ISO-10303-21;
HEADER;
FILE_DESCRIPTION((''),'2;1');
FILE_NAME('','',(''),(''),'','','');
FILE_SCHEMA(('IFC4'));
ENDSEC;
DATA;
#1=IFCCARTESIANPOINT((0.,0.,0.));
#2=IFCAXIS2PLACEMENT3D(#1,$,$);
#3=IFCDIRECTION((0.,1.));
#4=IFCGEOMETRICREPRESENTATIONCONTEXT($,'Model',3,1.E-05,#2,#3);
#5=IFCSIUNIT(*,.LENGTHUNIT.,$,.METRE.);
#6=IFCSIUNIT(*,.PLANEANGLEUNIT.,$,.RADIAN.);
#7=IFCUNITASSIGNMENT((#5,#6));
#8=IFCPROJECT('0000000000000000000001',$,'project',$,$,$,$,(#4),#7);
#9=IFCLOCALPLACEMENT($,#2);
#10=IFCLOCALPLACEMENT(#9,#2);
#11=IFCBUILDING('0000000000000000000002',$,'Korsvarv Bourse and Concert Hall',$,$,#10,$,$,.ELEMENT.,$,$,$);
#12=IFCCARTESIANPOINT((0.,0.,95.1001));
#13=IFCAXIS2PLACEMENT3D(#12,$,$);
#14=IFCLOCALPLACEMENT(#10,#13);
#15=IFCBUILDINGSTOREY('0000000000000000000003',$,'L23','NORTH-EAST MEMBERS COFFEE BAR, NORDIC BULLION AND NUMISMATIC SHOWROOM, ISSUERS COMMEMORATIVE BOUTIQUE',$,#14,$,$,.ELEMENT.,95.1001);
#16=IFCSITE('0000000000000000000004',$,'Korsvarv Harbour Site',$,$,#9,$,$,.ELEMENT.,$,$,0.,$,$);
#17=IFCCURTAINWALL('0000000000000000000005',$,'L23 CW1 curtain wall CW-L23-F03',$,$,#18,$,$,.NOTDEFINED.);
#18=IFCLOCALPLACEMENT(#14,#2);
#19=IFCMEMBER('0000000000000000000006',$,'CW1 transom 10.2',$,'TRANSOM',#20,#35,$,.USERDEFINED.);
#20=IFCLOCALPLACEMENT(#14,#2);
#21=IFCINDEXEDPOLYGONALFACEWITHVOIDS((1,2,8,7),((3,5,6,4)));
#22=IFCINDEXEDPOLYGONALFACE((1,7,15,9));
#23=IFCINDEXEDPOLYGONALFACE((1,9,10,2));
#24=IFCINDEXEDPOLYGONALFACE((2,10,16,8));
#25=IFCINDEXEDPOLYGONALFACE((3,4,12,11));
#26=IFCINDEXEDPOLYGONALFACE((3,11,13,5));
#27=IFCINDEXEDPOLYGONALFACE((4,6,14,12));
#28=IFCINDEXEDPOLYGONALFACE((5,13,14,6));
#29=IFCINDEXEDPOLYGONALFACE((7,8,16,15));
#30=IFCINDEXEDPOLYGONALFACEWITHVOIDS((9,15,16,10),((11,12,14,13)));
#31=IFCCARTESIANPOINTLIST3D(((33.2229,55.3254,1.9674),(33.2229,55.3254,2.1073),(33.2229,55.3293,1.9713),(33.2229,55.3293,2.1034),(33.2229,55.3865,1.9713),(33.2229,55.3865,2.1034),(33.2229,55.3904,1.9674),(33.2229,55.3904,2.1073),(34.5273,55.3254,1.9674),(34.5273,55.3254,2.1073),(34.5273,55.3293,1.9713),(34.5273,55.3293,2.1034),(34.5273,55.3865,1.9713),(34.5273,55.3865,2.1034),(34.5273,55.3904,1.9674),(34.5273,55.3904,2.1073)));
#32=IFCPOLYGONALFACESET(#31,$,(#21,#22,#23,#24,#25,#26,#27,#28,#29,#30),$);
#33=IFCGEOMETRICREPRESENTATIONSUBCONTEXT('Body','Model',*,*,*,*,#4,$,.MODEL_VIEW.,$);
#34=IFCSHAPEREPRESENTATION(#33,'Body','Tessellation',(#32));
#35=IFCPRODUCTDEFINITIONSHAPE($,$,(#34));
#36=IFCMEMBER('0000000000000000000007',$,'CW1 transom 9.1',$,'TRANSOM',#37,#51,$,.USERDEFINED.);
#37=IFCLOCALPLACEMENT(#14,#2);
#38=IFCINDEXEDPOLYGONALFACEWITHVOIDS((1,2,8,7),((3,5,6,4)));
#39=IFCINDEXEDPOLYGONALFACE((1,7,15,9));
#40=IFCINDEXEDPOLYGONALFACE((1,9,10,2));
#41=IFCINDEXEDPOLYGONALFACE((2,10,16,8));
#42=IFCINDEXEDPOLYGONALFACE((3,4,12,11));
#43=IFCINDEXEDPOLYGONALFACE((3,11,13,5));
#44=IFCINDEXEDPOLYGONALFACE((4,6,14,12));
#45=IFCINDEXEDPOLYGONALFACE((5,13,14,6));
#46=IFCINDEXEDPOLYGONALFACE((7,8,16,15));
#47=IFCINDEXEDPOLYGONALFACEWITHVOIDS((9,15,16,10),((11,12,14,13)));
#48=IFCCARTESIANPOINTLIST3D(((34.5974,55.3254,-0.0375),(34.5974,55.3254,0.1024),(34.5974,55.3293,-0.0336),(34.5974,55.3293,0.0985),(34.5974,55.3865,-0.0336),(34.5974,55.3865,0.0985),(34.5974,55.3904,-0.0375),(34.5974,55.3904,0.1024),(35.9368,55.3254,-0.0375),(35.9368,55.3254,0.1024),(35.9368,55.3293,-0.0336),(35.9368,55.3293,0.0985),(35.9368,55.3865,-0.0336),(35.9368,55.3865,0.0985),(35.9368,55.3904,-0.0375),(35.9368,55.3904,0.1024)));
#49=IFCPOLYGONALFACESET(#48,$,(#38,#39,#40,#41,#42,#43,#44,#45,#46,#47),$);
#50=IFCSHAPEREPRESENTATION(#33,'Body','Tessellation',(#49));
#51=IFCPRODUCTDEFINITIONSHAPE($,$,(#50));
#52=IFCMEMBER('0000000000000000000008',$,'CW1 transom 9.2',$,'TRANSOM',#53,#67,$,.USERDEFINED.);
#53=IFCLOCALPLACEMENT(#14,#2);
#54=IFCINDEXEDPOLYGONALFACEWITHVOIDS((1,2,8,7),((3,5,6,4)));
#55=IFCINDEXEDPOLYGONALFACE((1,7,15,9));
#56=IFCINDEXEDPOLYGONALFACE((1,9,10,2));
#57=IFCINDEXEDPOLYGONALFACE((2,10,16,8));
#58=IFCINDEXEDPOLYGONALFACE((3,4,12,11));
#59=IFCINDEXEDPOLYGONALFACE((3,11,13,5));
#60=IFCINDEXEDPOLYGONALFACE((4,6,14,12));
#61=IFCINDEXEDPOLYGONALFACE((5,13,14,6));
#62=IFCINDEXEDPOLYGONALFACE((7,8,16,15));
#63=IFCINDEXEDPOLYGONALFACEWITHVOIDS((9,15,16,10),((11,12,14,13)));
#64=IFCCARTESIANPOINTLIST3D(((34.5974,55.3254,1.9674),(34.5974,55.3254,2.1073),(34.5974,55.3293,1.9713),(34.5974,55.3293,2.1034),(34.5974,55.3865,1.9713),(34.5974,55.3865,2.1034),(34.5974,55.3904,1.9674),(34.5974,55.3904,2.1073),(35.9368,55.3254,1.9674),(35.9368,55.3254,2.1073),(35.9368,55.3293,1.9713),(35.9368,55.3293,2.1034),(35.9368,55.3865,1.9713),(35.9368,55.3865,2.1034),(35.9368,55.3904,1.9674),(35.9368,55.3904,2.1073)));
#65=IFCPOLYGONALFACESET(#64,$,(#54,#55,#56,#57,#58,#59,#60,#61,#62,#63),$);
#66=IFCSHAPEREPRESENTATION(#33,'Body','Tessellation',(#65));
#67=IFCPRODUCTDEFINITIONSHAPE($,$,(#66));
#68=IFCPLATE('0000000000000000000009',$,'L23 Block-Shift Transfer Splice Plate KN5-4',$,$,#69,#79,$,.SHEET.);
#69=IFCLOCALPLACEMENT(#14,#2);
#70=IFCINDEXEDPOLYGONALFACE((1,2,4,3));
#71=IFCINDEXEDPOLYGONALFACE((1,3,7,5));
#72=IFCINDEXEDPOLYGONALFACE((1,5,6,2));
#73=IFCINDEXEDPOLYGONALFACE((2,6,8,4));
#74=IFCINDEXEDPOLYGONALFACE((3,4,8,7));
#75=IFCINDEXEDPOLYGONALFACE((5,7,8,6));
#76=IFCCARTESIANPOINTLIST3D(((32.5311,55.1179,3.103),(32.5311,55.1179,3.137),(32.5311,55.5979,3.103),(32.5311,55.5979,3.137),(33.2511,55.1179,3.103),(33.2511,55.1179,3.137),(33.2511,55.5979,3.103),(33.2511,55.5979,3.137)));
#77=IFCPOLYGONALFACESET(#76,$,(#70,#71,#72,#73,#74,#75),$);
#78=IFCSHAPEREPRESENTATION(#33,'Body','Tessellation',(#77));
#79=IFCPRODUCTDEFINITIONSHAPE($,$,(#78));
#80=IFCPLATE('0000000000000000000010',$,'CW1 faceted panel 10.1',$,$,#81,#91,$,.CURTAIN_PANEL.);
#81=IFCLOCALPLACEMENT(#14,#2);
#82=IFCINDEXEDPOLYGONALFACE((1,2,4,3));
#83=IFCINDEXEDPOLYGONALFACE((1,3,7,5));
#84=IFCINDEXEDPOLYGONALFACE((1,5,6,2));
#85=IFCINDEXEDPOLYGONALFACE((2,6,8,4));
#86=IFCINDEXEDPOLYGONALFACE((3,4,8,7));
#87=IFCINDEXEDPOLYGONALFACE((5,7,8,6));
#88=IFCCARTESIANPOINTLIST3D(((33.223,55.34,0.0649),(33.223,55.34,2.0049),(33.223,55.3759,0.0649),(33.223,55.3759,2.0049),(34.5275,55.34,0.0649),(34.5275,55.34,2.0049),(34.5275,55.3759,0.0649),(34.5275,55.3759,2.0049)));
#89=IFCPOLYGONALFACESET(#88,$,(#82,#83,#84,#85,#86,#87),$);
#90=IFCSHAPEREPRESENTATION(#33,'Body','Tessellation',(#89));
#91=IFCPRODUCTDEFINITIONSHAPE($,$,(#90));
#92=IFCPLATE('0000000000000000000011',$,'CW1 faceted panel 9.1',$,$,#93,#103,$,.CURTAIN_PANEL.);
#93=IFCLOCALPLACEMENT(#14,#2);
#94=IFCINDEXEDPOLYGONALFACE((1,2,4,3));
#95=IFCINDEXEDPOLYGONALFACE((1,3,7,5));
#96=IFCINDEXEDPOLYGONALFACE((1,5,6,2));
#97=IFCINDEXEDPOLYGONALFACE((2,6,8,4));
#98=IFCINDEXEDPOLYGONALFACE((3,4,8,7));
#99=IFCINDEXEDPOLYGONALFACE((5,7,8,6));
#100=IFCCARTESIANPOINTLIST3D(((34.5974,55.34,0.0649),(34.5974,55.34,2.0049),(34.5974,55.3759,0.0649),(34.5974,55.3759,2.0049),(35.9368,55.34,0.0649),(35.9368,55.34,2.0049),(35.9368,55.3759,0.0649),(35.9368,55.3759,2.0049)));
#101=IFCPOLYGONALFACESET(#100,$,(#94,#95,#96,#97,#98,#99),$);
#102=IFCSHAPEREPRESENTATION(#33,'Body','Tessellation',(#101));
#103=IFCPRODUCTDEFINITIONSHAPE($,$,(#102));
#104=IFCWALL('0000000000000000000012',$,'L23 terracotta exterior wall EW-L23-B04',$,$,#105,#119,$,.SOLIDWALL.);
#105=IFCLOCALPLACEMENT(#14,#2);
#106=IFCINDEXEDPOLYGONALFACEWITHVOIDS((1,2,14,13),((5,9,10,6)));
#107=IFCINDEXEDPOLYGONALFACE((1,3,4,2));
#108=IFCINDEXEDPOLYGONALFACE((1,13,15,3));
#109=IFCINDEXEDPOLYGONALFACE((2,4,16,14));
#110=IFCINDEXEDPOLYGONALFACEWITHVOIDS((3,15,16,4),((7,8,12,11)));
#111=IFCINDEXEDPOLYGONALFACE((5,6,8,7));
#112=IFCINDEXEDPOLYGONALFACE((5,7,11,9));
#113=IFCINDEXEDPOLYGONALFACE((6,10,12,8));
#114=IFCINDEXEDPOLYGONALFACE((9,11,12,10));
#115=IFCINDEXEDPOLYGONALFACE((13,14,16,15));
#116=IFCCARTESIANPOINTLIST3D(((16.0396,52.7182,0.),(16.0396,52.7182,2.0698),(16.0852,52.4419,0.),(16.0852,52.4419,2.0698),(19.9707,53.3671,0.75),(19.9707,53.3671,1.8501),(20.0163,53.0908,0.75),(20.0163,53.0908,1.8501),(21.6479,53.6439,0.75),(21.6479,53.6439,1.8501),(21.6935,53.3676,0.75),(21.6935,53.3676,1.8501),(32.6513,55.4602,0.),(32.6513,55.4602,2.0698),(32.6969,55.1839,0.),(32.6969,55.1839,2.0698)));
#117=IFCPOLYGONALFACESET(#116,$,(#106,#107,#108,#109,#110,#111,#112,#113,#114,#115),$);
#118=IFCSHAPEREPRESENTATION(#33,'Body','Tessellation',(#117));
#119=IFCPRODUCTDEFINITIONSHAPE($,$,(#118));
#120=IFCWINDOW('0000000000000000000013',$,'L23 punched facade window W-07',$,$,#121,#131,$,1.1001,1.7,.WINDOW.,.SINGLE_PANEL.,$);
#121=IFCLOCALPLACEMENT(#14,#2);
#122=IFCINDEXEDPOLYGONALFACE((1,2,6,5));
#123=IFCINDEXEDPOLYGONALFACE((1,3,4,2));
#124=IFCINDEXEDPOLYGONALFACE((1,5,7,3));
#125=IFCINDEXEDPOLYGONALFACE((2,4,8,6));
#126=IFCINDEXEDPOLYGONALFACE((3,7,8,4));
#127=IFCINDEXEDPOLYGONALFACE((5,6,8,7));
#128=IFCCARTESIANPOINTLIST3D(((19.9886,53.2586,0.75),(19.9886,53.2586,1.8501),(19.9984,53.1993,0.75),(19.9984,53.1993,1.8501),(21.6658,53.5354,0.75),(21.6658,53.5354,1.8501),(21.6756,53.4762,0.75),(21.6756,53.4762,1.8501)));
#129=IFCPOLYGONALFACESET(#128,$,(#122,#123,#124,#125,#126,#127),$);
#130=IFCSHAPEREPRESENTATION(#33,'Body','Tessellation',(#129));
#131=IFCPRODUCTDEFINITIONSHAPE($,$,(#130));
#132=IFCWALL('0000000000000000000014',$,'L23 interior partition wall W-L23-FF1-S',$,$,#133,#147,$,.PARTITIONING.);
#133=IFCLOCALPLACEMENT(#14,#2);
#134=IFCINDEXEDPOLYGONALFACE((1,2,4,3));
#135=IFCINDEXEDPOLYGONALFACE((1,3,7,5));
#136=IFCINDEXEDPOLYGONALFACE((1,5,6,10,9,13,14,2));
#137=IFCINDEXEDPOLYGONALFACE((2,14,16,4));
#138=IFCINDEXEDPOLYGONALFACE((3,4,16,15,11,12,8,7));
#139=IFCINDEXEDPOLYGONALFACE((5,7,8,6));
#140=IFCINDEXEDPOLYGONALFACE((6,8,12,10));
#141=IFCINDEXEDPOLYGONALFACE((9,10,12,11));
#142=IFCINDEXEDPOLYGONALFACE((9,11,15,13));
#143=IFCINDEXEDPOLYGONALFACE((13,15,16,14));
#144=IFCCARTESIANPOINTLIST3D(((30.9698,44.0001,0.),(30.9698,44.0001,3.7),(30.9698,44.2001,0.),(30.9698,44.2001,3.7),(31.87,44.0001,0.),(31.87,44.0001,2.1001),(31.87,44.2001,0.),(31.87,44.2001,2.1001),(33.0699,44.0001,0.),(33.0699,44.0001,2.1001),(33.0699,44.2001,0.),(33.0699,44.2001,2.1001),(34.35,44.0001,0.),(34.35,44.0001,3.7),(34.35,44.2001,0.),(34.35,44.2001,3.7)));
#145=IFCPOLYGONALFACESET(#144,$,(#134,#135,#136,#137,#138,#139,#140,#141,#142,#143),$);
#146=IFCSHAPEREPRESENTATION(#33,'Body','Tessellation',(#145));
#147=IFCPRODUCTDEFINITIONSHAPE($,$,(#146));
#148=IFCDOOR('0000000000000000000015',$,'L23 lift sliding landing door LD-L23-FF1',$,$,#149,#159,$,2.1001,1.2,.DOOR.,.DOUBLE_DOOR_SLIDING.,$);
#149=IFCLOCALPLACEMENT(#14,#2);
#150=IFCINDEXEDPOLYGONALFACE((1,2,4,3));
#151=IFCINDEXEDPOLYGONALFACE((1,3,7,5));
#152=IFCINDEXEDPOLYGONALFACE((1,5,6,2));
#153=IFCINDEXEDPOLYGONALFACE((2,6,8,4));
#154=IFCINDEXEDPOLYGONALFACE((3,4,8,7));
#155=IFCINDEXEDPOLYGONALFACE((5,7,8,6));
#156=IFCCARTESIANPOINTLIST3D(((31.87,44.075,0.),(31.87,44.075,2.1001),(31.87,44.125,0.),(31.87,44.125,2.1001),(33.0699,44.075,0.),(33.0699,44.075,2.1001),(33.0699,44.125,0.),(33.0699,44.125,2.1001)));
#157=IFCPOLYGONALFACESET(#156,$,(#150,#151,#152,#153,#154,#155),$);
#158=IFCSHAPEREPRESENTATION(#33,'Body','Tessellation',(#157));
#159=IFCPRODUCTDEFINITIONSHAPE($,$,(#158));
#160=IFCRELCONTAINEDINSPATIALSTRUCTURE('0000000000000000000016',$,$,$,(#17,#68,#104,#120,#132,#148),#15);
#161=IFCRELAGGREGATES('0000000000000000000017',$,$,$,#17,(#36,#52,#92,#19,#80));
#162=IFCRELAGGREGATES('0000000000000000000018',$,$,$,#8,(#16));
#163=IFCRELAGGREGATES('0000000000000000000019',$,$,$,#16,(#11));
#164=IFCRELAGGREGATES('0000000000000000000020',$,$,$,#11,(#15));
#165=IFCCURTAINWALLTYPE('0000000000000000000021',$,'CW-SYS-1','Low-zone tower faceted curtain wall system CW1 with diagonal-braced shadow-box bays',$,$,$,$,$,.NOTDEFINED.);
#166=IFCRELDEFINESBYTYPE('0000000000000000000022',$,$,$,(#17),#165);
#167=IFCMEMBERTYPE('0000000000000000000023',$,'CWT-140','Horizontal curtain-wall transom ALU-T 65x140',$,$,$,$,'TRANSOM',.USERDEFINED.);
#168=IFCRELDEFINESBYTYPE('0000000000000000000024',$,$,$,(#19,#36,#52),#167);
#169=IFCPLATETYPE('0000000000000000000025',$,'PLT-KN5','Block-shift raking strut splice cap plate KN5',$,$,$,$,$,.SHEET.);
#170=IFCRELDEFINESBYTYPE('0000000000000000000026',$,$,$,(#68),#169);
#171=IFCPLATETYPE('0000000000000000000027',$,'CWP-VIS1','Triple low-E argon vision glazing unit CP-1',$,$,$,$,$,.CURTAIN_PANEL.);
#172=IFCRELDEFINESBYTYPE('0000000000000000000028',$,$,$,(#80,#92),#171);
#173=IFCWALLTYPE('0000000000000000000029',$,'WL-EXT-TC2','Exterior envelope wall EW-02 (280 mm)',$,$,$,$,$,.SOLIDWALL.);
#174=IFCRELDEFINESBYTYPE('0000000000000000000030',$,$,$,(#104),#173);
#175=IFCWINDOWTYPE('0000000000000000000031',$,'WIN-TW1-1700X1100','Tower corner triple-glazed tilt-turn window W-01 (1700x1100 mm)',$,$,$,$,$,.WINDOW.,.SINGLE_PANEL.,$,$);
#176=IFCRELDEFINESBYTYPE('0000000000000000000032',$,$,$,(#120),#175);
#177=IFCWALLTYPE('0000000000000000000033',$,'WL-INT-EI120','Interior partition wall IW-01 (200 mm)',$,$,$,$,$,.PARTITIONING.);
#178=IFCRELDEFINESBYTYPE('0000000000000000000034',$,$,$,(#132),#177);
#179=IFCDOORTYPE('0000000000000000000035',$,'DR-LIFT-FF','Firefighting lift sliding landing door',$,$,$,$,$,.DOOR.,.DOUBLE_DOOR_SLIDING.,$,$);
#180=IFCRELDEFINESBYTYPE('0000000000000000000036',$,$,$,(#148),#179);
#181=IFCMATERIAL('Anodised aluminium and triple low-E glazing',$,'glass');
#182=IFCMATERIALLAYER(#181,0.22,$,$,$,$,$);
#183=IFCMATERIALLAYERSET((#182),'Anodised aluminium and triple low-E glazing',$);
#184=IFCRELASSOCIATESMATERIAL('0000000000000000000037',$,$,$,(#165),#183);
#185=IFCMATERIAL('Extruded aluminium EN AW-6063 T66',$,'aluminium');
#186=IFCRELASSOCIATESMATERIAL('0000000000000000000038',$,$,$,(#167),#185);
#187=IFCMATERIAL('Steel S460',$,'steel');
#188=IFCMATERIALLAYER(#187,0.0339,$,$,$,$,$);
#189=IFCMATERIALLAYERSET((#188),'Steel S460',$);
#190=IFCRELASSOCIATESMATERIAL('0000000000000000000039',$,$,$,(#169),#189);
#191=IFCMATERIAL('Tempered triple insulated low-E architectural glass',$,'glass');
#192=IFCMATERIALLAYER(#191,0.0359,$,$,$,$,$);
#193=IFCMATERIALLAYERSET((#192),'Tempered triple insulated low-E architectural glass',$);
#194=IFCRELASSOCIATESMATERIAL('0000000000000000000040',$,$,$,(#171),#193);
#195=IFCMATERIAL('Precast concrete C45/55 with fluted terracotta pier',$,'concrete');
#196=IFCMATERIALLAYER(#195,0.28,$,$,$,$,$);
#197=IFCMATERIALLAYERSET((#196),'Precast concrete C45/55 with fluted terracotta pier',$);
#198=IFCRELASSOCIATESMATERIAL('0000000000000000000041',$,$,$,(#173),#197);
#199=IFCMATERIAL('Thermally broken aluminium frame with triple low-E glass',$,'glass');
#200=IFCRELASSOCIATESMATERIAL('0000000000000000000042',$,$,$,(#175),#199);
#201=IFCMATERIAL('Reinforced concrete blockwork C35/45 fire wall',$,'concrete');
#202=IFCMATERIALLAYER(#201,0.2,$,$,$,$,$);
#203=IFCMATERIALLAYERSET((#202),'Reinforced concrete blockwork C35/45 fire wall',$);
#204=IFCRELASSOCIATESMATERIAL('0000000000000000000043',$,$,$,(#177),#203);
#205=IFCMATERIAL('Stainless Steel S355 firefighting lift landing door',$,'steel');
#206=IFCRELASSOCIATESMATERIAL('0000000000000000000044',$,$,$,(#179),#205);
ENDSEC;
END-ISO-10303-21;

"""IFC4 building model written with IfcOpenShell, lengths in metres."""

from ifc_helpers import new_model, si_unit, direction, frame, frame_2d, origin, origin_2d, place, context, subcontext, project, spatial, rectangle, hollow_rectangle, extrude, source, transform, mapped, material, layer, layer_set, material_profile, profile_set, type_object, element, fill, aggregate, save


model = new_model("IFC4")

# Units and contexts
model_context = context("Model", 3, precision=1e-05, world=origin(), true_north=direction((0.0, 1.0)))
body_context = subcontext(model_context, "Body", "Model", "MODEL_VIEW")
ifc_project = project(units=[si_unit("LENGTHUNIT", "METRE"), si_unit("PLANEANGLEUNIT", "RADIAN")], contexts=[model_context])

# Site, building, storey
site_placement = place(None, origin())
site = spatial("IfcSite", under=ifc_project, at=site_placement, Name="Korsvarv Harbour Site", CompositionType="ELEMENT", RefElevation=0.0)
building_placement = place(site_placement, origin())
building = spatial("IfcBuilding", under=site, at=building_placement, Name="Korsvarv Bourse and Concert Hall", CompositionType="ELEMENT")
storey_placement = place(building_placement, frame((0.0, 0.0, 95.1001)))
storey = spatial("IfcBuildingStorey", under=building, at=storey_placement, Name="L23", Description="NORTH-EAST MEMBERS COFFEE BAR, NORDIC BULLION AND NUMISMATIC SHOWROOM, ISSUERS COMMEMORATIVE BOUTIQUE", CompositionType="ELEMENT", Elevation=95.1001)

# Shared definitions
ifc_material_1 = material(Name="Steel S460", Category="steel")

# Curtain wall, members
ifc_material_2 = material(Name="Anodised aluminium and triple low-E glazing", Category="glass")
ifc_layer_1 = layer(ifc_material_2, 0.22)
ifc_layer_set_1 = layer_set([ifc_layer_1], Name="Anodised aluminium and triple low-E glazing")
curtain_wall_type = type_object("IfcCurtainWallType", Name="CW-SYS-1", Description="Low-zone tower faceted curtain wall system CW1 with diagonal-braced shadow-box bays", PredefinedType="NOTDEFINED", material=ifc_layer_set_1)
curtain_wall_placement = place(storey_placement, origin())
curtain_wall = element("IfcCurtainWall", 1, at=curtain_wall_placement, inside=storey, type_object=curtain_wall_type, Name="L23 CW1 curtain wall CW-L23-F03", PredefinedType="NOTDEFINED")
ifc_material_3 = material(Name="Extruded aluminium EN AW-6063 T66", Category="aluminium")
ifc_material_profile_1 = material_profile(ifc_material_3, hollow_rectangle(XDim=0.0649, YDim=0.1399, WallThickness=0.0039, at=origin_2d()), Name="ALU-T 65x140")
ifc_profile_set_1 = profile_set([ifc_material_profile_1], Name="Extruded aluminium EN AW-6063 T66")
member_type_1 = type_object("IfcMemberType", Name="CWT-140", Description="Horizontal curtain-wall transom ALU-T 65x140", ElementType="TRANSOM", PredefinedType="USERDEFINED", material=ifc_profile_set_1)
shared_shape_1 = source(origin(), body_context, "Body", "SweptSolid", [
    extrude(hollow_rectangle(XDim=0.0649, YDim=0.1399, WallThickness=0.0039, at=origin_2d()), origin(), (0.0, 0.0, 1.0), 1.3044),
])
member_1_placement = place(storey_placement, frame((34.5273, 55.3579, 2.0374), z_axis=(-1.0, 0.0, 0.0), x_axis=(0.0, -1.0, 0.0)))
member_1 = element("IfcMember", 2, at=member_1_placement, type_object=member_type_1, Name="CW1 transom 10.2", ObjectType="TRANSOM", PredefinedType="USERDEFINED", context=body_context, shape_type="MappedRepresentation", body=[
    mapped(shared_shape_1, transform((0.0, 0.0, 0.0), scale=1.0)),
])
shared_shape_2 = source(origin(), body_context, "Body", "SweptSolid", [
    extrude(hollow_rectangle(XDim=0.0649, YDim=0.1399, WallThickness=0.0039, at=origin_2d()), origin(), (0.0, 0.0, 1.0), 1.3394),
])
member_2_placement = place(storey_placement, frame((35.9368, 55.3579, 0.0325), z_axis=(-1.0, 0.0, 0.0), x_axis=(0.0, -1.0, 0.0)))
member_2 = element("IfcMember", 3, at=member_2_placement, type_object=member_type_1, Name="CW1 transom 9.1", ObjectType="TRANSOM", PredefinedType="USERDEFINED", context=body_context, shape_type="MappedRepresentation", body=[
    mapped(shared_shape_2, transform((0.0, 0.0, 0.0), scale=1.0)),
])
member_3_placement = place(storey_placement, frame((35.9368, 55.3579, 2.0374), z_axis=(-1.0, 0.0, 0.0), x_axis=(0.0, -1.0, 0.0)))
member_3 = element("IfcMember", 4, at=member_3_placement, type_object=member_type_1, Name="CW1 transom 9.2", ObjectType="TRANSOM", PredefinedType="USERDEFINED", context=body_context, shape_type="MappedRepresentation", body=[
    mapped(shared_shape_2, transform((0.0, 0.0, 0.0), scale=1.0)),
])

# Plates
ifc_layer_2 = layer(ifc_material_1, 0.0339)
ifc_layer_set_2 = layer_set([ifc_layer_2], Name="Steel S460")
plate_type_1 = type_object("IfcPlateType", Name="PLT-KN5", Description="Block-shift raking strut splice cap plate KN5", PredefinedType="SHEET", material=ifc_layer_set_2)
shared_shape_3 = source(origin(), body_context, "Body", "SweptSolid", [
    extrude(rectangle(XDim=0.72, YDim=0.48, at=origin_2d()), origin(), (0.0, 0.0, 1.0), 0.0339),
])
plate_1_placement = place(storey_placement, frame((32.8911, 55.3579, 3.103), z_axis=(0.0, 0.0, 1.0), x_axis=(1.0, 0.0, 0.0)))
element("IfcPlate", 5, at=plate_1_placement, inside=storey, type_object=plate_type_1, Name="L23 Block-Shift Transfer Splice Plate KN5-4", PredefinedType="SHEET", context=body_context, shape_type="MappedRepresentation", body=[
    mapped(shared_shape_3, transform((0.0, 0.0, 0.0), scale=1.0)),
])
ifc_material_4 = material(Name="Tempered triple insulated low-E architectural glass", Category="glass")
ifc_layer_3 = layer(ifc_material_4, 0.0359)
ifc_layer_set_3 = layer_set([ifc_layer_3], Name="Tempered triple insulated low-E architectural glass")
plate_type_2 = type_object("IfcPlateType", Name="CWP-VIS1", Description="Triple low-E argon vision glazing unit CP-1", PredefinedType="CURTAIN_PANEL", material=ifc_layer_set_3)
shared_shape_4 = source(origin(), body_context, "Body", "SweptSolid", [
    extrude(rectangle(XDim=1.3044, YDim=0.0359, at=origin_2d()), origin(), (0.0, 0.0, 1.0), 1.9399),
])
plate_2_placement = place(storey_placement, frame((33.8752, 55.3579, 0.0649), z_axis=(0.0, 0.0, 1.0), x_axis=(-1.0, 0.0, 0.0)))
plate_2 = element("IfcPlate", 6, at=plate_2_placement, type_object=plate_type_2, Name="CW1 faceted panel 10.1", PredefinedType="CURTAIN_PANEL", context=body_context, shape_type="MappedRepresentation", body=[
    mapped(shared_shape_4, transform((0.0, 0.0, 0.0), scale=1.0)),
])
shared_shape_5 = source(origin(), body_context, "Body", "SweptSolid", [
    extrude(rectangle(XDim=1.3394, YDim=0.0359, at=origin_2d()), origin(), (0.0, 0.0, 1.0), 1.9399),
])
plate_3_placement = place(storey_placement, frame((35.2671, 55.3579, 0.0649), z_axis=(0.0, 0.0, 1.0), x_axis=(-1.0, 0.0, 0.0)))
plate_3 = element("IfcPlate", 7, at=plate_3_placement, type_object=plate_type_2, Name="CW1 faceted panel 9.1", PredefinedType="CURTAIN_PANEL", context=body_context, shape_type="MappedRepresentation", body=[
    mapped(shared_shape_5, transform((0.0, 0.0, 0.0), scale=1.0)),
])
aggregate(curtain_wall, [member_2, member_3, plate_3, member_1, plate_2])

# Wall, opening, window
ifc_material_5 = material(Name="Precast concrete C45/55 with fluted terracotta pier", Category="concrete")
ifc_layer_4 = layer(ifc_material_5, 0.28)
ifc_layer_set_4 = layer_set([ifc_layer_4], Name="Precast concrete C45/55 with fluted terracotta pier")
wall_type_1 = type_object("IfcWallType", Name="WL-EXT-TC2", Description="Exterior envelope wall EW-02 (280 mm)", PredefinedType="SOLIDWALL", material=ifc_layer_set_4)
wall_1_placement = place(storey_placement, frame((32.6741, 55.322, 0.0), z_axis=(0.0, 0.0, 1.0), x_axis=(-0.986649, -0.162859, 0.0)))
wall_1 = element("IfcWall", 8, at=wall_1_placement, inside=storey, type_object=wall_type_1, Name="L23 terracotta exterior wall EW-L23-B04", PredefinedType="SOLIDWALL", context=body_context, shape_type="SweptSolid", body=[
    extrude(rectangle(XDim=16.8364, YDim=0.28, at=frame_2d((8.4182, 0.0))), origin(), (0.0, 0.0, 1.0), 2.0698),
])
opening_1_placement = place(wall_1_placement, frame((11.1521, 0.0, 0.75)))
opening_1 = element("IfcOpeningElement", 9, at=opening_1_placement, cuts=wall_1, PredefinedType="OPENING", context=body_context, shape_type="SweptSolid", body=[
    extrude(rectangle(XDim=1.7, YDim=1.1001, at=frame_2d((0.8501, 0.55))), frame((0.0, 0.1499, 0.0), z_axis=(0.0, -1.0, 0.0), x_axis=(1.0, 0.0, 0.0)), (0.0, 0.0, 1.0), 0.3),
])
ifc_material_6 = material(Name="Thermally broken aluminium frame with triple low-E glass", Category="glass")
window_type = type_object("IfcWindowType", Name="WIN-TW1-1700X1100", Description="Tower corner triple-glazed tilt-turn window W-01 (1700x1100 mm)", PartitioningType="SINGLE_PANEL", PredefinedType="WINDOW", material=ifc_material_6)
window_placement = place(opening_1_placement, origin())
window = element("IfcWindow", 10, at=window_placement, inside=storey, type_object=window_type, Name="L23 punched facade window W-07", OverallHeight=1.1001, OverallWidth=1.7, PartitioningType="SINGLE_PANEL", PredefinedType="WINDOW", context=body_context, shape_type="SweptSolid", body=[
    extrude(rectangle(XDim=1.7, YDim=1.1001, at=frame_2d((0.8501, 0.55))), frame((0.0, 0.03, 0.0), z_axis=(0.0, -1.0, 0.0), x_axis=(1.0, 0.0, 0.0)), (0.0, 0.0, 1.0), 0.0601),
])
fill(opening_1, window)

# Wall, opening, door
ifc_material_7 = material(Name="Reinforced concrete blockwork C35/45 fire wall", Category="concrete")
ifc_layer_5 = layer(ifc_material_7, 0.2)
ifc_layer_set_5 = layer_set([ifc_layer_5], Name="Reinforced concrete blockwork C35/45 fire wall")
wall_type_2 = type_object("IfcWallType", Name="WL-INT-EI120", Description="Interior partition wall IW-01 (200 mm)", PredefinedType="PARTITIONING", material=ifc_layer_set_5)
wall_2_placement = place(storey_placement, frame((30.97, 44.1001, 0.0), z_axis=(0.0, 0.0, 1.0), x_axis=(1.0, 0.0, 0.0)))
wall_2 = element("IfcWall", 11, at=wall_2_placement, inside=storey, type_object=wall_type_2, Name="L23 interior partition wall W-L23-FF1-S", PredefinedType="PARTITIONING", context=body_context, shape_type="SweptSolid", body=[
    extrude(rectangle(XDim=3.3801, YDim=0.2, at=frame_2d((1.6899, 0.0))), origin(), (0.0, 0.0, 1.0), 3.7),
])
opening_2_placement = place(wall_2_placement, frame((0.8999, 0.0, 0.0)))
opening_2 = element("IfcOpeningElement", 12, at=opening_2_placement, cuts=wall_2, PredefinedType="OPENING", context=body_context, shape_type="SweptSolid", body=[
    extrude(rectangle(XDim=1.2, YDim=2.1001, at=frame_2d((0.6001, 1.05))), frame((0.0, 0.1099, 0.0), z_axis=(0.0, -1.0, 0.0), x_axis=(1.0, 0.0, 0.0)), (0.0, 0.0, 1.0), 0.22),
])
ifc_material_8 = material(Name="Stainless Steel S355 firefighting lift landing door", Category="steel")
door_type = type_object("IfcDoorType", Name="DR-LIFT-FF", Description="Firefighting lift sliding landing door", OperationType="DOUBLE_DOOR_SLIDING", PredefinedType="DOOR", material=ifc_material_8)
door_placement = place(opening_2_placement, origin())
door = element("IfcDoor", 13, at=door_placement, inside=storey, type_object=door_type, Name="L23 lift sliding landing door LD-L23-FF1", OperationType="DOUBLE_DOOR_SLIDING", OverallHeight=2.1001, OverallWidth=1.2, PredefinedType="DOOR", context=body_context, shape_type="SweptSolid", body=[
    extrude(rectangle(XDim=1.2, YDim=2.1001, at=frame_2d((0.6001, 1.05))), frame((0.0, 0.0249, 0.0), z_axis=(0.0, -1.0, 0.0), x_axis=(1.0, 0.0, 0.0)), (0.0, 0.0, 1.0), 0.05),
])
fill(opening_2, door)

save(model, "model.ifc")
